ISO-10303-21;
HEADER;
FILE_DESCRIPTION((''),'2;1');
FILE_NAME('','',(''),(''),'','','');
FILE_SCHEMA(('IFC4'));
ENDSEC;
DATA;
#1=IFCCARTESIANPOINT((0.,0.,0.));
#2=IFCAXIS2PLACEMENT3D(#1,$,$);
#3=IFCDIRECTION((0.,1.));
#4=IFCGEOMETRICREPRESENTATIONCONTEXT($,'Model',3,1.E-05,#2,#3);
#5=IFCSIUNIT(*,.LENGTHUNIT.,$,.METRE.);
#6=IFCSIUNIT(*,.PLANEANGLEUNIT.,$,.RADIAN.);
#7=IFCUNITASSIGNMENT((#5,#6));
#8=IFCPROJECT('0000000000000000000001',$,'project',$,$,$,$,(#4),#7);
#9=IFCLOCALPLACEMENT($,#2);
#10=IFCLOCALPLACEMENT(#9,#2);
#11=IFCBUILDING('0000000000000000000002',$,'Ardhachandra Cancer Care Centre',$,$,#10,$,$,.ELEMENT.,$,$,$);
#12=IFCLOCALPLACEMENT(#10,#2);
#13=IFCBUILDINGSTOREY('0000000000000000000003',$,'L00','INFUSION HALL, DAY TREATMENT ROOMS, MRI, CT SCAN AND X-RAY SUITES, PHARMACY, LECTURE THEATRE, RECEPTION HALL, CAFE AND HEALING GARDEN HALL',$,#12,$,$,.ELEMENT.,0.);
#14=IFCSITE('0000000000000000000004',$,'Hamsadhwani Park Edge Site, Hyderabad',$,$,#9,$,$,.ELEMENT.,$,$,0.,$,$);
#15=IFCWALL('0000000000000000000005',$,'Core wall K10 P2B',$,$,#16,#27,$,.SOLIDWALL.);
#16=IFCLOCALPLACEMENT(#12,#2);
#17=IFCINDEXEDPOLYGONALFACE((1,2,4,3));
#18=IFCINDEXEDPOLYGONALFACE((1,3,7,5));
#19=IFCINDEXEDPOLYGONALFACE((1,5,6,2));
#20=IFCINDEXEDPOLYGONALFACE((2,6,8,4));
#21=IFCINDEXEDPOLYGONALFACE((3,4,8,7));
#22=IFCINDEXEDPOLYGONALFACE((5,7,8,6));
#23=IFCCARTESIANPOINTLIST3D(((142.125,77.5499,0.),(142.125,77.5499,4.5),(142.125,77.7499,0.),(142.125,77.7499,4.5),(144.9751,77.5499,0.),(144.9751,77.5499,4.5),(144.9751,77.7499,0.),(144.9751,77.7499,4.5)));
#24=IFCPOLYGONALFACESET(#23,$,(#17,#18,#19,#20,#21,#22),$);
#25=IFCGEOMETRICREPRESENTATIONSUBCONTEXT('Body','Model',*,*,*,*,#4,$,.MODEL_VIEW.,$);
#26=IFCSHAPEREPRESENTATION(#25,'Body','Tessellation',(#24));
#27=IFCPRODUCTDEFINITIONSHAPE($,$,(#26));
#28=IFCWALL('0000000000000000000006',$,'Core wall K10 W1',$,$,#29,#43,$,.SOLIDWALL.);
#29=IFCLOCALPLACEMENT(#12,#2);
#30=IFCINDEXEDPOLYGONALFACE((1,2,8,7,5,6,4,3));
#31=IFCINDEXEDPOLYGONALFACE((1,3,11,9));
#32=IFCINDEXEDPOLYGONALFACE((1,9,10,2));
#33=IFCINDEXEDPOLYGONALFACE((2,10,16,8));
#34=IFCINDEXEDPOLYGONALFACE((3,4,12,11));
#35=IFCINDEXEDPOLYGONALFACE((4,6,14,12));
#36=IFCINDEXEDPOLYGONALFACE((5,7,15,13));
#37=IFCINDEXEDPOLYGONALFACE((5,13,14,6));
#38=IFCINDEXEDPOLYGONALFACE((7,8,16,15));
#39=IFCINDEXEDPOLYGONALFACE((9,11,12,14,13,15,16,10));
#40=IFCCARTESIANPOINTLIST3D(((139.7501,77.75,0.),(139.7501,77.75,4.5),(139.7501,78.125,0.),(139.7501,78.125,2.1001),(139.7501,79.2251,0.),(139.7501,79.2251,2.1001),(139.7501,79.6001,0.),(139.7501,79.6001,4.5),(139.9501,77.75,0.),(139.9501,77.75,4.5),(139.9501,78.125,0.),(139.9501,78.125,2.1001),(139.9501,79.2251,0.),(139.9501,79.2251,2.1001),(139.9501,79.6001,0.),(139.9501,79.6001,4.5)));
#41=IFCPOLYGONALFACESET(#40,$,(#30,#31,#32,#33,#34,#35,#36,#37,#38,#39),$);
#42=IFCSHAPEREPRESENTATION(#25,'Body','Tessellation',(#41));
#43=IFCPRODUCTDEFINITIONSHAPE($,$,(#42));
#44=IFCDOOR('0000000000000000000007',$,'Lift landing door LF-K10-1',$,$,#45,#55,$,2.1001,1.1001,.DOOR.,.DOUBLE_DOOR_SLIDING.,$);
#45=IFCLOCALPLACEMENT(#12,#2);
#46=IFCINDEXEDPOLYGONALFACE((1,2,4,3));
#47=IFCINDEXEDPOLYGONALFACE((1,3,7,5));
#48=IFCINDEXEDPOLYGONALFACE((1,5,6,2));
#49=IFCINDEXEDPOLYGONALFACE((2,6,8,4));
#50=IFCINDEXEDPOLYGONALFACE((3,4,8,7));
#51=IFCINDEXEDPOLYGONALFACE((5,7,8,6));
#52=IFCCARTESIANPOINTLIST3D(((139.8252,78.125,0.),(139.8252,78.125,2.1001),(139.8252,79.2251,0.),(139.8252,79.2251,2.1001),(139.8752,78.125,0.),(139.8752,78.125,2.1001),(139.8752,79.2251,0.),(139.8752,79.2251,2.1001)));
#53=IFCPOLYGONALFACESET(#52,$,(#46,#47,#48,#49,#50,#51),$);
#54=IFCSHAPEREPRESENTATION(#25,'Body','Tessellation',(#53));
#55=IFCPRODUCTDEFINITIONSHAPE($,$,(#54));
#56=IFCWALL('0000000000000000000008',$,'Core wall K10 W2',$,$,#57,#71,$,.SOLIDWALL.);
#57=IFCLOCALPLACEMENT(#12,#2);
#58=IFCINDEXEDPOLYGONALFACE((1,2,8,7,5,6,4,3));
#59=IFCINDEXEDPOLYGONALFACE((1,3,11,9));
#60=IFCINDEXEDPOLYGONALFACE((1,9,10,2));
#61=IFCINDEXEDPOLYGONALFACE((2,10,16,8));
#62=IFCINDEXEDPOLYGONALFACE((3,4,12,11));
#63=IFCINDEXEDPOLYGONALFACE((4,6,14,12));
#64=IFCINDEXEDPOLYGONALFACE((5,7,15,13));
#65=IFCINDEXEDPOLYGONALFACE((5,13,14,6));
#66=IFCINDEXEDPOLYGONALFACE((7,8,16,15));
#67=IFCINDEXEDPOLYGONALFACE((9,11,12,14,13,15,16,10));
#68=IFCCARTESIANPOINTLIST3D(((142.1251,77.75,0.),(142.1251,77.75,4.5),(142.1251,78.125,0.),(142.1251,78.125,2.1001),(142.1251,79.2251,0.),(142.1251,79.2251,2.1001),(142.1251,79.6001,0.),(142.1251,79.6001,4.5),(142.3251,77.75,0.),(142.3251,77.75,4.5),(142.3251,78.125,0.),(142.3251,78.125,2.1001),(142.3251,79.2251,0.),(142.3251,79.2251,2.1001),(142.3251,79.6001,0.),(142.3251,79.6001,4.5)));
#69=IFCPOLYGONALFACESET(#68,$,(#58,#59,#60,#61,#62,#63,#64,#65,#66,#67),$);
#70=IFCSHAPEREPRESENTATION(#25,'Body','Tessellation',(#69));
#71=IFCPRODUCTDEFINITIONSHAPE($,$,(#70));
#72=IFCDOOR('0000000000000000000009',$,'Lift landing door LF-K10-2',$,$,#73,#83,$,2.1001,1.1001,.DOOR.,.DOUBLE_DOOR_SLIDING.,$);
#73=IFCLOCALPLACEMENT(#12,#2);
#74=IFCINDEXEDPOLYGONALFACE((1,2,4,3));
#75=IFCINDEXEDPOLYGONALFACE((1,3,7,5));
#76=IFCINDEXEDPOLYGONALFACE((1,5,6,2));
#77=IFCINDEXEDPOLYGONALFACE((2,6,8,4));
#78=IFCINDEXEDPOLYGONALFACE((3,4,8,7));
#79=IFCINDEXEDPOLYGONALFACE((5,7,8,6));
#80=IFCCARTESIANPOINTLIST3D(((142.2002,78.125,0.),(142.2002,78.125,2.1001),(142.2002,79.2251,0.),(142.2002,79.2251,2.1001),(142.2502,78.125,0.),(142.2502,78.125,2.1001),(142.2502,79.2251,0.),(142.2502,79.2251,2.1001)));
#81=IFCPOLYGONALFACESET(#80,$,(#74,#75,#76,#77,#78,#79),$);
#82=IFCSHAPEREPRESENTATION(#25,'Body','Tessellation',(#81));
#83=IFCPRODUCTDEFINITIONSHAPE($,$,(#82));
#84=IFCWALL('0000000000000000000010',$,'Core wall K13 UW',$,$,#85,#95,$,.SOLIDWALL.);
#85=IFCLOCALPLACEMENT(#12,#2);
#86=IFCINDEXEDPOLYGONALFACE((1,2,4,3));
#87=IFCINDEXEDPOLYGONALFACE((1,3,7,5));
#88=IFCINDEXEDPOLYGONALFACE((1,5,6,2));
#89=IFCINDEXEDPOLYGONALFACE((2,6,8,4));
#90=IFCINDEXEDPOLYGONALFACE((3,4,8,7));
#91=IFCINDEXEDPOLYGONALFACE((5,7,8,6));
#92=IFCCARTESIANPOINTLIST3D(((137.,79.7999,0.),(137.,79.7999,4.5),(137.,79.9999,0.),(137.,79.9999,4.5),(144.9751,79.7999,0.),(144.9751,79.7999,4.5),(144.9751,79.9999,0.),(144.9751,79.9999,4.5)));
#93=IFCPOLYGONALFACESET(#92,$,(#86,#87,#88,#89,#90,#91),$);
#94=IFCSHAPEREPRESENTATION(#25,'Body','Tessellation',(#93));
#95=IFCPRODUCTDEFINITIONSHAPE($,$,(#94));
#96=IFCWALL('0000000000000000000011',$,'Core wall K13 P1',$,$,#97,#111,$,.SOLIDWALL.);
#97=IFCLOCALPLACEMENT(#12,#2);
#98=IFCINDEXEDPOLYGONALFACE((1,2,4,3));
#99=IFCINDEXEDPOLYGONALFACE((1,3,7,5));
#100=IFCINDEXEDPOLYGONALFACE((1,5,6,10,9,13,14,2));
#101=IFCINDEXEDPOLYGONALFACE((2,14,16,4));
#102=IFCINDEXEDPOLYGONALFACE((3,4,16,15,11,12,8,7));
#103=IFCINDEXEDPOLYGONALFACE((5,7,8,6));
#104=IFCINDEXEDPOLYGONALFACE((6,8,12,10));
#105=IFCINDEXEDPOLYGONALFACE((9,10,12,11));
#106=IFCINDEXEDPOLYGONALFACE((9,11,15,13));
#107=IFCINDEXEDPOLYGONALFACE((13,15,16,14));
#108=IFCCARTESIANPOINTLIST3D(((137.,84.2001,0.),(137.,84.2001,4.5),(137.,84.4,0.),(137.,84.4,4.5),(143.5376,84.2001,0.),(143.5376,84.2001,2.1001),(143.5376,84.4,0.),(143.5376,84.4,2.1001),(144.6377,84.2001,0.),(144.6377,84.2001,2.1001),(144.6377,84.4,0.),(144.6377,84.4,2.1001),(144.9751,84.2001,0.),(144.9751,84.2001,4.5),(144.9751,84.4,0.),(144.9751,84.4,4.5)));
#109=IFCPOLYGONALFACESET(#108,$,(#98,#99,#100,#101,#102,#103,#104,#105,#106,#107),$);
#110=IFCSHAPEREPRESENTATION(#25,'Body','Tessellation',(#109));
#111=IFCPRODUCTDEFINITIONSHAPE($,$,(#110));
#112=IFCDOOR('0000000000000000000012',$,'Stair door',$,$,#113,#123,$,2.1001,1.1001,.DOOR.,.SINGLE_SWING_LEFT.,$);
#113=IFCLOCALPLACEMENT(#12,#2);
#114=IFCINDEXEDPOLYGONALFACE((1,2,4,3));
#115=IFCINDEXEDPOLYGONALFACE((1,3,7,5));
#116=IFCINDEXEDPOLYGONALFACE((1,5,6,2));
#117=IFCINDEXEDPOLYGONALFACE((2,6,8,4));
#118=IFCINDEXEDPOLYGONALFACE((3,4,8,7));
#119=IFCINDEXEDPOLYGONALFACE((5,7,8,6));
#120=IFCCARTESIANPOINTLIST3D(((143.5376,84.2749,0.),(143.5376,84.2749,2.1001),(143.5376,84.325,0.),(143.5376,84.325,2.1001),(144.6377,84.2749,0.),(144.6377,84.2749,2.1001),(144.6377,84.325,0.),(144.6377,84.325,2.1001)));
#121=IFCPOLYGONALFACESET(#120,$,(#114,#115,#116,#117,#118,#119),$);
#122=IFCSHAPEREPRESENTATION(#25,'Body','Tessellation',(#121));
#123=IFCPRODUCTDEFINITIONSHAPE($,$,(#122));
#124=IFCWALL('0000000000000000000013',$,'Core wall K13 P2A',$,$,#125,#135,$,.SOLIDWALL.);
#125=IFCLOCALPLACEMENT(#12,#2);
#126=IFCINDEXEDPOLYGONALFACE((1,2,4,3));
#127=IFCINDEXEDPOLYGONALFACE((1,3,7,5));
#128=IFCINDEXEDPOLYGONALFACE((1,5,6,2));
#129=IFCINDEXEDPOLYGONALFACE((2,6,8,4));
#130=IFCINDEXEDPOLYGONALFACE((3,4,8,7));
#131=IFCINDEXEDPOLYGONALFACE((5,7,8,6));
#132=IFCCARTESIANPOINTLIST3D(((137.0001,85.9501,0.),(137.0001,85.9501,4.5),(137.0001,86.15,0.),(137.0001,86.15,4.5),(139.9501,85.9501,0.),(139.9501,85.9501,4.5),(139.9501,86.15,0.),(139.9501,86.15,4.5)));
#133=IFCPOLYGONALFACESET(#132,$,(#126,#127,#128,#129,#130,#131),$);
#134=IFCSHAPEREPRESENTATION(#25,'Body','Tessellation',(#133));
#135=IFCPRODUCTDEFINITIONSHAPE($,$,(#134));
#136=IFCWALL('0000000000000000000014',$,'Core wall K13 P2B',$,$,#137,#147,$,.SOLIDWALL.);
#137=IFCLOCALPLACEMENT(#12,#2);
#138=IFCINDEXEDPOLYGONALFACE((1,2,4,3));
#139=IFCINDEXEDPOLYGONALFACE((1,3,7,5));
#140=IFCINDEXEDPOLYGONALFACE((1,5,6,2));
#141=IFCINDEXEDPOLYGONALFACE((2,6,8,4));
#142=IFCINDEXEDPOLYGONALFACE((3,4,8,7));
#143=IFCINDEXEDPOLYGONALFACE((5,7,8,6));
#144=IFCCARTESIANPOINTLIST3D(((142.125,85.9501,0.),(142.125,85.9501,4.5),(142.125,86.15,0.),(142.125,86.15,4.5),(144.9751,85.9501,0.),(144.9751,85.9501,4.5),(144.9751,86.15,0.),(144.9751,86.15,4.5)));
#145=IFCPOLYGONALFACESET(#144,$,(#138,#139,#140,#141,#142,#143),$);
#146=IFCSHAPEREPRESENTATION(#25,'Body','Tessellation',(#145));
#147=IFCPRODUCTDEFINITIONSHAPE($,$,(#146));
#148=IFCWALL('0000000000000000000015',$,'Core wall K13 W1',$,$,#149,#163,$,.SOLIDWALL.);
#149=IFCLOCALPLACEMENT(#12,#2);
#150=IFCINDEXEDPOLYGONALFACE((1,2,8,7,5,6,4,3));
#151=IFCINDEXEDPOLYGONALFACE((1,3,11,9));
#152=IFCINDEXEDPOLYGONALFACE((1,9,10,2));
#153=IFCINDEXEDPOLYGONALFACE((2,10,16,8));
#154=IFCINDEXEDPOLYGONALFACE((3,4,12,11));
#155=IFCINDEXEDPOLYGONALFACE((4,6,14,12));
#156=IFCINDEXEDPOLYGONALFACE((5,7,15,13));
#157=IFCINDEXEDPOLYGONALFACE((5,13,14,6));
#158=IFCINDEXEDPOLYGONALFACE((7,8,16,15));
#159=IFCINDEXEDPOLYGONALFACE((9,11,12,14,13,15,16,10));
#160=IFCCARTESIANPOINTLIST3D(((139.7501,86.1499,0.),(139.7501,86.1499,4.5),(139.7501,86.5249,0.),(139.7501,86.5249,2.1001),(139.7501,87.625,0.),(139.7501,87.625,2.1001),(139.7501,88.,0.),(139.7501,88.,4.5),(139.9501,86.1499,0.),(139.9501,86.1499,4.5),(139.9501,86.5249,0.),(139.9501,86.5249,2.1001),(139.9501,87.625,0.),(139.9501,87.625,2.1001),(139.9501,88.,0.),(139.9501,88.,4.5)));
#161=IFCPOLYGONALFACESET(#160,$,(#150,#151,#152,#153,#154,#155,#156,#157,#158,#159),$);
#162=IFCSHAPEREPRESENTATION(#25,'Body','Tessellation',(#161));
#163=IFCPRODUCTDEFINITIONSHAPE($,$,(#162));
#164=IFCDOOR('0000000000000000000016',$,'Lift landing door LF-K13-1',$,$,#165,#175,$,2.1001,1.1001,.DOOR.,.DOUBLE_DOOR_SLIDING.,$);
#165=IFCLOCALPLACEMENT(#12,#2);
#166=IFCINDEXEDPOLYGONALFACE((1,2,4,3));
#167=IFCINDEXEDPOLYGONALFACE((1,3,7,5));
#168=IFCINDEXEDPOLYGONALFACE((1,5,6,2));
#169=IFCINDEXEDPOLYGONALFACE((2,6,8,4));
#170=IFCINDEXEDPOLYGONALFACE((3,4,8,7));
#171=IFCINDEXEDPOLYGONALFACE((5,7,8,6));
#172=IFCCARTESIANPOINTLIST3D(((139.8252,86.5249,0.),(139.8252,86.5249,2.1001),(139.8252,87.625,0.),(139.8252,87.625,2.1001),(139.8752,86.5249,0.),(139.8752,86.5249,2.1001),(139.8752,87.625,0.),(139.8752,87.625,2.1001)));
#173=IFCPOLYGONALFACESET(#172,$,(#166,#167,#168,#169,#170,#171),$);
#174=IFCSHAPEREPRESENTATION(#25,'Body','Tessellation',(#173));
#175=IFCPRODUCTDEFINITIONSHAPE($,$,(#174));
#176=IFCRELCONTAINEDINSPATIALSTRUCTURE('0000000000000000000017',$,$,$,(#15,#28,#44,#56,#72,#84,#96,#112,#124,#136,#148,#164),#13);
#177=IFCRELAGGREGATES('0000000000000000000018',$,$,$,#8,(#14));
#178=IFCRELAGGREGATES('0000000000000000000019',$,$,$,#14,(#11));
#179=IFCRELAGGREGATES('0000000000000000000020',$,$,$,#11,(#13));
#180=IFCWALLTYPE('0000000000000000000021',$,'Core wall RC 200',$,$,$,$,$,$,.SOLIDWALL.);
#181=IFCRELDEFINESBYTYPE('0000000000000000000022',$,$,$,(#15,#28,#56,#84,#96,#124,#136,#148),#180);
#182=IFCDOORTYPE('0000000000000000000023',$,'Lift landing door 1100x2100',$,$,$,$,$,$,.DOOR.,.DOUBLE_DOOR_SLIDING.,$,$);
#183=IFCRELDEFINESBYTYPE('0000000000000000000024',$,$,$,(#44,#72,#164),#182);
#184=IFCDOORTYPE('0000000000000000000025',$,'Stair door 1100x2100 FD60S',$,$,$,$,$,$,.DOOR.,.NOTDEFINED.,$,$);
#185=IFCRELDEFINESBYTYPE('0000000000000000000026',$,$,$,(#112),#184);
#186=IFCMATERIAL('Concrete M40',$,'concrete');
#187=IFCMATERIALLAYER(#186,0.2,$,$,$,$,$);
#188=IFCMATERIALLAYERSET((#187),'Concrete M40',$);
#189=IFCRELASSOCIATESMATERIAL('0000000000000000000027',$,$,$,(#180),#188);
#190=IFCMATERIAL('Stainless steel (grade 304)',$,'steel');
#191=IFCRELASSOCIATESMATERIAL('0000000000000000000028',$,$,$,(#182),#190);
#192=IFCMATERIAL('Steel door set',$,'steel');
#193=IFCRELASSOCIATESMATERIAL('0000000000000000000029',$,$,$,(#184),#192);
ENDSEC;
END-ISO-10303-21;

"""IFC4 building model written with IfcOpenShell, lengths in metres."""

from ifc_helpers import new_model, si_unit, direction, frame, frame_2d, origin, place, context, subcontext, project, spatial, rectangle, extrude, material, layer, layer_set, type_object, element, fill, save


model = new_model("IFC4")

# Units and contexts
model_context = context("Model", 3, precision=1e-05, world=origin(), true_north=direction((0.0, 1.0)))
body_context = subcontext(model_context, "Body", "Model", "MODEL_VIEW")
ifc_project = project(units=[si_unit("LENGTHUNIT", "METRE"), si_unit("PLANEANGLEUNIT", "RADIAN")], contexts=[model_context])

# Site, building, storey
site_placement = place(None, origin())
site = spatial("IfcSite", under=ifc_project, at=site_placement, Name="Hamsadhwani Park Edge Site, Hyderabad", CompositionType="ELEMENT", RefElevation=0.0)
building_placement = place(site_placement, origin())
building = spatial("IfcBuilding", under=site, at=building_placement, Name="Ardhachandra Cancer Care Centre", CompositionType="ELEMENT")
storey_placement = place(building_placement, origin())
storey = spatial("IfcBuildingStorey", under=building, at=storey_placement, Name="L00", Description="INFUSION HALL, DAY TREATMENT ROOMS, MRI, CT SCAN AND X-RAY SUITES, PHARMACY, LECTURE THEATRE, RECEPTION HALL, CAFE AND HEALING GARDEN HALL", CompositionType="ELEMENT", Elevation=0.0)

# Wall
ifc_material_1 = material(Name="Concrete M40", Category="concrete")
ifc_layer = layer(ifc_material_1, 0.2)
ifc_layer_set = layer_set([ifc_layer], Name="Concrete M40")
wall_type = type_object("IfcWallType", Name="Core wall RC 200", PredefinedType="SOLIDWALL", material=ifc_layer_set)
wall_1_placement = place(storey_placement, frame((142.125, 77.6499, 0.0), z_axis=(0.0, 0.0, 1.0), x_axis=(1.0, 0.0, 0.0)))
element("IfcWall", 1, at=wall_1_placement, inside=storey, type_object=wall_type, Name="Core wall K10 P2B", PredefinedType="SOLIDWALL", context=body_context, shape_type="SweptSolid", body=[
    extrude(rectangle(XDim=2.8501, YDim=0.2, at=frame_2d((1.425, 0.0))), origin(), (0.0, 0.0, 1.0), 4.5),
])

# Walls, openings, doors
wall_2_placement = place(storey_placement, frame((139.8501, 77.75, 0.0), z_axis=(0.0, 0.0, 1.0), x_axis=(0.0, 1.0, 0.0)))
wall_2 = element("IfcWall", 2, at=wall_2_placement, inside=storey, type_object=wall_type, Name="Core wall K10 W1", PredefinedType="SOLIDWALL", context=body_context, shape_type="SweptSolid", body=[
    extrude(rectangle(XDim=1.8501, YDim=0.2, at=frame_2d((0.925, 0.0))), origin(), (0.0, 0.0, 1.0), 4.5),
])
opening_1_placement = place(wall_2_placement, frame((0.375, 0.0, 0.0)))
opening_1 = element("IfcOpeningElement", 3, at=opening_1_placement, cuts=wall_2, PredefinedType="OPENING", context=body_context, shape_type="SweptSolid", body=[
    extrude(rectangle(XDim=1.1001, YDim=2.1001, at=frame_2d((0.55, 1.05))), frame((0.0, 0.1099, 0.0), z_axis=(0.0, -1.0, 0.0), x_axis=(1.0, 0.0, 0.0)), (0.0, 0.0, 1.0), 0.22),
])
ifc_material_2 = material(Name="Stainless steel (grade 304)", Category="steel")
door_type_1 = type_object("IfcDoorType", Name="Lift landing door 1100x2100", OperationType="DOUBLE_DOOR_SLIDING", PredefinedType="DOOR", material=ifc_material_2)
door_1_placement = place(opening_1_placement, origin())
door_1 = element("IfcDoor", 4, at=door_1_placement, inside=storey, type_object=door_type_1, Name="Lift landing door LF-K10-1", OperationType="DOUBLE_DOOR_SLIDING", OverallHeight=2.1001, OverallWidth=1.1001, PredefinedType="DOOR", context=body_context, shape_type="SweptSolid", body=[
    extrude(rectangle(XDim=1.1001, YDim=2.1001, at=frame_2d((0.55, 1.05))), frame((0.0, 0.0249, 0.0), z_axis=(0.0, -1.0, 0.0), x_axis=(1.0, 0.0, 0.0)), (0.0, 0.0, 1.0), 0.05),
])
fill(opening_1, door_1)
wall_3_placement = place(storey_placement, frame((142.2251, 77.75, 0.0), z_axis=(0.0, 0.0, 1.0), x_axis=(0.0, 1.0, 0.0)))
wall_3 = element("IfcWall", 5, at=wall_3_placement, inside=storey, type_object=wall_type, Name="Core wall K10 W2", PredefinedType="SOLIDWALL", context=body_context, shape_type="SweptSolid", body=[
    extrude(rectangle(XDim=1.8501, YDim=0.2, at=frame_2d((0.925, 0.0))), origin(), (0.0, 0.0, 1.0), 4.5),
])
opening_2_placement = place(wall_3_placement, frame((0.375, 0.0, 0.0)))
opening_2 = element("IfcOpeningElement", 6, at=opening_2_placement, cuts=wall_3, PredefinedType="OPENING", context=body_context, shape_type="SweptSolid", body=[
    extrude(rectangle(XDim=1.1001, YDim=2.1001, at=frame_2d((0.55, 1.05))), frame((0.0, 0.1099, 0.0), z_axis=(0.0, -1.0, 0.0), x_axis=(1.0, 0.0, 0.0)), (0.0, 0.0, 1.0), 0.22),
])
door_2_placement = place(opening_2_placement, origin())
door_2 = element("IfcDoor", 7, at=door_2_placement, inside=storey, type_object=door_type_1, Name="Lift landing door LF-K10-2", OperationType="DOUBLE_DOOR_SLIDING", OverallHeight=2.1001, OverallWidth=1.1001, PredefinedType="DOOR", context=body_context, shape_type="SweptSolid", body=[
    extrude(rectangle(XDim=1.1001, YDim=2.1001, at=frame_2d((0.55, 1.05))), frame((0.0, 0.0249, 0.0), z_axis=(0.0, -1.0, 0.0), x_axis=(1.0, 0.0, 0.0)), (0.0, 0.0, 1.0), 0.05),
])
fill(opening_2, door_2)

# Wall
wall_4_placement = place(storey_placement, frame((137.0, 79.8999, 0.0), z_axis=(0.0, 0.0, 1.0), x_axis=(1.0, 0.0, 0.0)))
element("IfcWall", 8, at=wall_4_placement, inside=storey, type_object=wall_type, Name="Core wall K13 UW", PredefinedType="SOLIDWALL", context=body_context, shape_type="SweptSolid", body=[
    extrude(rectangle(XDim=7.9751, YDim=0.2, at=frame_2d((3.9875, 0.0))), origin(), (0.0, 0.0, 1.0), 4.5),
])

# Wall, opening, door
wall_5_placement = place(storey_placement, frame((137.0, 84.3, 0.0), z_axis=(0.0, 0.0, 1.0), x_axis=(1.0, 0.0, 0.0)))
wall_5 = element("IfcWall", 9, at=wall_5_placement, inside=storey, type_object=wall_type, Name="Core wall K13 P1", PredefinedType="SOLIDWALL", context=body_context, shape_type="SweptSolid", body=[
    extrude(rectangle(XDim=7.9751, YDim=0.2, at=frame_2d((3.9875, 0.0))), origin(), (0.0, 0.0, 1.0), 4.5),
])
opening_3_placement = place(wall_5_placement, frame((6.5376, 0.0, 0.0)))
opening_3 = element("IfcOpeningElement", 10, at=opening_3_placement, cuts=wall_5, PredefinedType="OPENING", context=body_context, shape_type="SweptSolid", body=[
    extrude(rectangle(XDim=1.1001, YDim=2.1001, at=frame_2d((0.55, 1.05))), frame((0.0, 0.1099, 0.0), z_axis=(0.0, -1.0, 0.0), x_axis=(1.0, 0.0, 0.0)), (0.0, 0.0, 1.0), 0.22),
])
ifc_material_3 = material(Name="Steel door set", Category="steel")
door_type_2 = type_object("IfcDoorType", Name="Stair door 1100x2100 FD60S", OperationType="NOTDEFINED", PredefinedType="DOOR", material=ifc_material_3)
door_3_placement = place(opening_3_placement, origin())
door_3 = element("IfcDoor", 11, at=door_3_placement, inside=storey, type_object=door_type_2, Name="Stair door", OperationType="SINGLE_SWING_LEFT", OverallHeight=2.1001, OverallWidth=1.1001, PredefinedType="DOOR", context=body_context, shape_type="SweptSolid", body=[
    extrude(rectangle(XDim=1.1001, YDim=2.1001, at=frame_2d((0.55, 1.05))), frame((0.0, 0.0249, 0.0), z_axis=(0.0, -1.0, 0.0), x_axis=(1.0, 0.0, 0.0)), (0.0, 0.0, 1.0), 0.05),
])
fill(opening_3, door_3)

# Walls
wall_6_placement = place(storey_placement, frame((137.0, 86.05, 0.0), z_axis=(0.0, 0.0, 1.0), x_axis=(1.0, 0.0, 0.0)))
element("IfcWall", 12, at=wall_6_placement, inside=storey, type_object=wall_type, Name="Core wall K13 P2A", PredefinedType="SOLIDWALL", context=body_context, shape_type="SweptSolid", body=[
    extrude(rectangle(XDim=2.95, YDim=0.2, at=frame_2d((1.4751, 0.0))), origin(), (0.0, 0.0, 1.0), 4.5),
])
wall_7_placement = place(storey_placement, frame((142.125, 86.05, 0.0), z_axis=(0.0, 0.0, 1.0), x_axis=(1.0, 0.0, 0.0)))
element("IfcWall", 13, at=wall_7_placement, inside=storey, type_object=wall_type, Name="Core wall K13 P2B", PredefinedType="SOLIDWALL", context=body_context, shape_type="SweptSolid", body=[
    extrude(rectangle(XDim=2.8501, YDim=0.2, at=frame_2d((1.425, 0.0))), origin(), (0.0, 0.0, 1.0), 4.5),
])

# Wall, opening, door
wall_8_placement = place(storey_placement, frame((139.8501, 86.1499, 0.0), z_axis=(0.0, 0.0, 1.0), x_axis=(0.0, 1.0, 0.0)))
wall_8 = element("IfcWall", 14, at=wall_8_placement, inside=storey, type_object=wall_type, Name="Core wall K13 W1", PredefinedType="SOLIDWALL", context=body_context, shape_type="SweptSolid", body=[
    extrude(rectangle(XDim=1.8501, YDim=0.2, at=frame_2d((0.925, 0.0))), origin(), (0.0, 0.0, 1.0), 4.5),
])
opening_4_placement = place(wall_8_placement, frame((0.375, 0.0, 0.0)))
opening_4 = element("IfcOpeningElement", 15, at=opening_4_placement, cuts=wall_8, PredefinedType="OPENING", context=body_context, shape_type="SweptSolid", body=[
    extrude(rectangle(XDim=1.1001, YDim=2.1001, at=frame_2d((0.55, 1.05))), frame((0.0, 0.1099, 0.0), z_axis=(0.0, -1.0, 0.0), x_axis=(1.0, 0.0, 0.0)), (0.0, 0.0, 1.0), 0.22),
])
door_4_placement = place(opening_4_placement, origin())
door_4 = element("IfcDoor", 16, at=door_4_placement, inside=storey, type_object=door_type_1, Name="Lift landing door LF-K13-1", OperationType="DOUBLE_DOOR_SLIDING", OverallHeight=2.1001, OverallWidth=1.1001, PredefinedType="DOOR", context=body_context, shape_type="SweptSolid", body=[
    extrude(rectangle(XDim=1.1001, YDim=2.1001, at=frame_2d((0.55, 1.05))), frame((0.0, 0.0249, 0.0), z_axis=(0.0, -1.0, 0.0), x_axis=(1.0, 0.0, 0.0)), (0.0, 0.0, 1.0), 0.05),
])
fill(opening_4, door_4)

save(model, "model.ifc")
